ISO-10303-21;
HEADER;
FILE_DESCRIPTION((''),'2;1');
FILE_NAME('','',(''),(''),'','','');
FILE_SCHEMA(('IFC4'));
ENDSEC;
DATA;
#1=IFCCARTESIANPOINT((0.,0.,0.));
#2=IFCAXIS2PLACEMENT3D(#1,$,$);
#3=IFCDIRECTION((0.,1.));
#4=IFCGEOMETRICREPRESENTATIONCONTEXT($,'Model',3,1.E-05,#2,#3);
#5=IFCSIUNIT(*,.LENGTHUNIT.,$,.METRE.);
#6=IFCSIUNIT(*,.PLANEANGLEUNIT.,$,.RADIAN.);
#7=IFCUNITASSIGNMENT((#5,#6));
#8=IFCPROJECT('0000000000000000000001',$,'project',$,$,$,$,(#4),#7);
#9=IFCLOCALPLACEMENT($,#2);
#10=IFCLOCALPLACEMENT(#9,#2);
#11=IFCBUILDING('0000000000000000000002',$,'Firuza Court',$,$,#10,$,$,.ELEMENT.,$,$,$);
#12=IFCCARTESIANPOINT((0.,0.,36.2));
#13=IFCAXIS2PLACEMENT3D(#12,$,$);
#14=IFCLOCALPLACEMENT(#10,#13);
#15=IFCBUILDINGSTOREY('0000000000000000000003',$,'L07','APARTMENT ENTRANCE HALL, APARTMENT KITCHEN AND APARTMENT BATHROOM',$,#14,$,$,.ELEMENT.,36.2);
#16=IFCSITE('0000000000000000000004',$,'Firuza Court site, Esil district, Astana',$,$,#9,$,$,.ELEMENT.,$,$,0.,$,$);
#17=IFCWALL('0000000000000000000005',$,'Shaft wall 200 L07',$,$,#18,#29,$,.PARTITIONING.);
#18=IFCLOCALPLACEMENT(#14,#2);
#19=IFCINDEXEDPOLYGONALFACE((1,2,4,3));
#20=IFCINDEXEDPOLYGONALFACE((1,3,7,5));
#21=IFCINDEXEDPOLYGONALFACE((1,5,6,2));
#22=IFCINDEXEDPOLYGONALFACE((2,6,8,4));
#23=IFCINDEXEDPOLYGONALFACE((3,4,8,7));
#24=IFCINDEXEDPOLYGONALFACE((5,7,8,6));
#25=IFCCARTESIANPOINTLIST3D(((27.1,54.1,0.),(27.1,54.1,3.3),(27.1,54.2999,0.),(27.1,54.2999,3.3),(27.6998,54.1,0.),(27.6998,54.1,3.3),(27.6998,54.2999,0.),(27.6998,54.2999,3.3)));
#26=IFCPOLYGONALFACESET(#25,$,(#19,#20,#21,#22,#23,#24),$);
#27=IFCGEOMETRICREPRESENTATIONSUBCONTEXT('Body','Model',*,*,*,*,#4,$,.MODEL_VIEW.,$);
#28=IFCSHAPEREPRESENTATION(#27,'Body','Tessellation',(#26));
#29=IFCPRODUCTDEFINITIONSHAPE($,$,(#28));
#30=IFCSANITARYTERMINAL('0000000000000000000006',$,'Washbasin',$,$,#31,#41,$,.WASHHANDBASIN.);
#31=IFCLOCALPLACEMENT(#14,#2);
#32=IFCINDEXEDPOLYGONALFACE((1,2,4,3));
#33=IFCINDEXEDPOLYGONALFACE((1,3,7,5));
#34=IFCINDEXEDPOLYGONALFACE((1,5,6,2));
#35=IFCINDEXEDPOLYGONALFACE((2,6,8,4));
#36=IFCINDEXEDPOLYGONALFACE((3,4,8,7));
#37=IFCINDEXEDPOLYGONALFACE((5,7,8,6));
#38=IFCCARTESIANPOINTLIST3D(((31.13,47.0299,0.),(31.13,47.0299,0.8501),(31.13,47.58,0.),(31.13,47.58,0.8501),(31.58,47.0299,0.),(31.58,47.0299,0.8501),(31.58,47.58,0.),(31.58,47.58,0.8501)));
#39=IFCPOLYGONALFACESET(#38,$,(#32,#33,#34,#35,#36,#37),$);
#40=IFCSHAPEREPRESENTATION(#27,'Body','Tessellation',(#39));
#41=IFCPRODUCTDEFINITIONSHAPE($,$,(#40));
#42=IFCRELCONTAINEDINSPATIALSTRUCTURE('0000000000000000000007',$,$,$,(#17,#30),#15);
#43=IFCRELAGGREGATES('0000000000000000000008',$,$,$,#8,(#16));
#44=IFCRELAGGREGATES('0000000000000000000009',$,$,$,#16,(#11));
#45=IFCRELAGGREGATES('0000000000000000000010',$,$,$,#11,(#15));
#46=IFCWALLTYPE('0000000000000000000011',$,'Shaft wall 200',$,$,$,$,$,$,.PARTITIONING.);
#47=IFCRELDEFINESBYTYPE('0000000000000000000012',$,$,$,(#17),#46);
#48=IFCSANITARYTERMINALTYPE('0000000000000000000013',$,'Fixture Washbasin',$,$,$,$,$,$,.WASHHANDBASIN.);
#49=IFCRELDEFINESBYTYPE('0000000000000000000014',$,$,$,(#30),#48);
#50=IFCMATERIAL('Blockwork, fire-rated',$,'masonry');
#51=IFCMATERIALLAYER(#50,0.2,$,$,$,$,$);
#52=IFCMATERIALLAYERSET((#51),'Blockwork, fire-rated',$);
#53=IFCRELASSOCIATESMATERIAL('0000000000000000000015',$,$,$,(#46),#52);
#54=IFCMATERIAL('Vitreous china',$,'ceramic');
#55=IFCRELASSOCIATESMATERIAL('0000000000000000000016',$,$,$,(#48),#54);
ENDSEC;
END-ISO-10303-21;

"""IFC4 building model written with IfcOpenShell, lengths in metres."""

from ifc_helpers import new_model, si_unit, direction, frame, frame_2d, origin, origin_2d, place, context, subcontext, project, spatial, rectangle, extrude, material, layer, layer_set, type_object, element, save


model = new_model("IFC4")

# Units and contexts
model_context = context("Model", 3, precision=1e-05, world=origin(), true_north=direction((0.0, 1.0)))
body_context = subcontext(model_context, "Body", "Model", "MODEL_VIEW")
ifc_project = project(units=[si_unit("LENGTHUNIT", "METRE"), si_unit("PLANEANGLEUNIT", "RADIAN")], contexts=[model_context])

# Site, building, storey
site_placement = place(None, origin())
site = spatial("IfcSite", under=ifc_project, at=site_placement, Name="Firuza Court site, Esil district, Astana", CompositionType="ELEMENT", RefElevation=0.0)
building_placement = place(site_placement, origin())
building = spatial("IfcBuilding", under=site, at=building_placement, Name="Firuza Court", CompositionType="ELEMENT")
storey_placement = place(building_placement, frame((0.0, 0.0, 36.2)))
storey = spatial("IfcBuildingStorey", under=building, at=storey_placement, Name="L07", Description="APARTMENT ENTRANCE HALL, APARTMENT KITCHEN AND APARTMENT BATHROOM", CompositionType="ELEMENT", Elevation=36.2)

# Shared definitions
ifc_material_1 = material(Name="Blockwork, fire-rated", Category="masonry")

# Shared definitions
ifc_layer_1 = layer(ifc_material_1, 0.2)
ifc_layer_set_1 = layer_set([ifc_layer_1], Name="Blockwork, fire-rated")
wall_type_1 = type_object("IfcWallType", Name="Shaft wall 200", PredefinedType="PARTITIONING", material=ifc_layer_set_1)

# Wall
wall_1_placement = place(storey_placement, frame((27.1001, 54.2, 0.0), z_axis=(0.0, 0.0, 1.0), x_axis=(1.0, 0.0, 0.0)))
element("IfcWall", 1, at=wall_1_placement, inside=storey, type_object=wall_type_1, Name="Shaft wall 200 L07", PredefinedType="PARTITIONING", context=body_context, shape_type="SweptSolid", body=[
    extrude(rectangle(XDim=0.5999, YDim=0.2, at=frame_2d((0.2998, 0.0))), origin(), (0.0, 0.0, 1.0), 3.3),
])

# Sanitary terminal
ifc_material_2 = material(Name="Vitreous china", Category="ceramic")
sanitary_terminal_type = type_object("IfcSanitaryTerminalType", Name="Fixture Washbasin", PredefinedType="WASHHANDBASIN", material=ifc_material_2)
sanitary_terminal_placement = place(storey_placement, frame((31.355, 47.3049, 0.0), z_axis=(0.0, 0.0, 1.0), x_axis=(1.0, 0.0, 0.0)))
element("IfcSanitaryTerminal", 2, at=sanitary_terminal_placement, inside=storey, type_object=sanitary_terminal_type, Name="Washbasin", PredefinedType="WASHHANDBASIN", context=body_context, shape_type="SweptSolid", body=[
    extrude(rectangle(XDim=0.45, YDim=0.55, at=origin_2d()), origin(), (0.0, 0.0, 1.0), 0.8501),
])

save(model, "model.ifc")
